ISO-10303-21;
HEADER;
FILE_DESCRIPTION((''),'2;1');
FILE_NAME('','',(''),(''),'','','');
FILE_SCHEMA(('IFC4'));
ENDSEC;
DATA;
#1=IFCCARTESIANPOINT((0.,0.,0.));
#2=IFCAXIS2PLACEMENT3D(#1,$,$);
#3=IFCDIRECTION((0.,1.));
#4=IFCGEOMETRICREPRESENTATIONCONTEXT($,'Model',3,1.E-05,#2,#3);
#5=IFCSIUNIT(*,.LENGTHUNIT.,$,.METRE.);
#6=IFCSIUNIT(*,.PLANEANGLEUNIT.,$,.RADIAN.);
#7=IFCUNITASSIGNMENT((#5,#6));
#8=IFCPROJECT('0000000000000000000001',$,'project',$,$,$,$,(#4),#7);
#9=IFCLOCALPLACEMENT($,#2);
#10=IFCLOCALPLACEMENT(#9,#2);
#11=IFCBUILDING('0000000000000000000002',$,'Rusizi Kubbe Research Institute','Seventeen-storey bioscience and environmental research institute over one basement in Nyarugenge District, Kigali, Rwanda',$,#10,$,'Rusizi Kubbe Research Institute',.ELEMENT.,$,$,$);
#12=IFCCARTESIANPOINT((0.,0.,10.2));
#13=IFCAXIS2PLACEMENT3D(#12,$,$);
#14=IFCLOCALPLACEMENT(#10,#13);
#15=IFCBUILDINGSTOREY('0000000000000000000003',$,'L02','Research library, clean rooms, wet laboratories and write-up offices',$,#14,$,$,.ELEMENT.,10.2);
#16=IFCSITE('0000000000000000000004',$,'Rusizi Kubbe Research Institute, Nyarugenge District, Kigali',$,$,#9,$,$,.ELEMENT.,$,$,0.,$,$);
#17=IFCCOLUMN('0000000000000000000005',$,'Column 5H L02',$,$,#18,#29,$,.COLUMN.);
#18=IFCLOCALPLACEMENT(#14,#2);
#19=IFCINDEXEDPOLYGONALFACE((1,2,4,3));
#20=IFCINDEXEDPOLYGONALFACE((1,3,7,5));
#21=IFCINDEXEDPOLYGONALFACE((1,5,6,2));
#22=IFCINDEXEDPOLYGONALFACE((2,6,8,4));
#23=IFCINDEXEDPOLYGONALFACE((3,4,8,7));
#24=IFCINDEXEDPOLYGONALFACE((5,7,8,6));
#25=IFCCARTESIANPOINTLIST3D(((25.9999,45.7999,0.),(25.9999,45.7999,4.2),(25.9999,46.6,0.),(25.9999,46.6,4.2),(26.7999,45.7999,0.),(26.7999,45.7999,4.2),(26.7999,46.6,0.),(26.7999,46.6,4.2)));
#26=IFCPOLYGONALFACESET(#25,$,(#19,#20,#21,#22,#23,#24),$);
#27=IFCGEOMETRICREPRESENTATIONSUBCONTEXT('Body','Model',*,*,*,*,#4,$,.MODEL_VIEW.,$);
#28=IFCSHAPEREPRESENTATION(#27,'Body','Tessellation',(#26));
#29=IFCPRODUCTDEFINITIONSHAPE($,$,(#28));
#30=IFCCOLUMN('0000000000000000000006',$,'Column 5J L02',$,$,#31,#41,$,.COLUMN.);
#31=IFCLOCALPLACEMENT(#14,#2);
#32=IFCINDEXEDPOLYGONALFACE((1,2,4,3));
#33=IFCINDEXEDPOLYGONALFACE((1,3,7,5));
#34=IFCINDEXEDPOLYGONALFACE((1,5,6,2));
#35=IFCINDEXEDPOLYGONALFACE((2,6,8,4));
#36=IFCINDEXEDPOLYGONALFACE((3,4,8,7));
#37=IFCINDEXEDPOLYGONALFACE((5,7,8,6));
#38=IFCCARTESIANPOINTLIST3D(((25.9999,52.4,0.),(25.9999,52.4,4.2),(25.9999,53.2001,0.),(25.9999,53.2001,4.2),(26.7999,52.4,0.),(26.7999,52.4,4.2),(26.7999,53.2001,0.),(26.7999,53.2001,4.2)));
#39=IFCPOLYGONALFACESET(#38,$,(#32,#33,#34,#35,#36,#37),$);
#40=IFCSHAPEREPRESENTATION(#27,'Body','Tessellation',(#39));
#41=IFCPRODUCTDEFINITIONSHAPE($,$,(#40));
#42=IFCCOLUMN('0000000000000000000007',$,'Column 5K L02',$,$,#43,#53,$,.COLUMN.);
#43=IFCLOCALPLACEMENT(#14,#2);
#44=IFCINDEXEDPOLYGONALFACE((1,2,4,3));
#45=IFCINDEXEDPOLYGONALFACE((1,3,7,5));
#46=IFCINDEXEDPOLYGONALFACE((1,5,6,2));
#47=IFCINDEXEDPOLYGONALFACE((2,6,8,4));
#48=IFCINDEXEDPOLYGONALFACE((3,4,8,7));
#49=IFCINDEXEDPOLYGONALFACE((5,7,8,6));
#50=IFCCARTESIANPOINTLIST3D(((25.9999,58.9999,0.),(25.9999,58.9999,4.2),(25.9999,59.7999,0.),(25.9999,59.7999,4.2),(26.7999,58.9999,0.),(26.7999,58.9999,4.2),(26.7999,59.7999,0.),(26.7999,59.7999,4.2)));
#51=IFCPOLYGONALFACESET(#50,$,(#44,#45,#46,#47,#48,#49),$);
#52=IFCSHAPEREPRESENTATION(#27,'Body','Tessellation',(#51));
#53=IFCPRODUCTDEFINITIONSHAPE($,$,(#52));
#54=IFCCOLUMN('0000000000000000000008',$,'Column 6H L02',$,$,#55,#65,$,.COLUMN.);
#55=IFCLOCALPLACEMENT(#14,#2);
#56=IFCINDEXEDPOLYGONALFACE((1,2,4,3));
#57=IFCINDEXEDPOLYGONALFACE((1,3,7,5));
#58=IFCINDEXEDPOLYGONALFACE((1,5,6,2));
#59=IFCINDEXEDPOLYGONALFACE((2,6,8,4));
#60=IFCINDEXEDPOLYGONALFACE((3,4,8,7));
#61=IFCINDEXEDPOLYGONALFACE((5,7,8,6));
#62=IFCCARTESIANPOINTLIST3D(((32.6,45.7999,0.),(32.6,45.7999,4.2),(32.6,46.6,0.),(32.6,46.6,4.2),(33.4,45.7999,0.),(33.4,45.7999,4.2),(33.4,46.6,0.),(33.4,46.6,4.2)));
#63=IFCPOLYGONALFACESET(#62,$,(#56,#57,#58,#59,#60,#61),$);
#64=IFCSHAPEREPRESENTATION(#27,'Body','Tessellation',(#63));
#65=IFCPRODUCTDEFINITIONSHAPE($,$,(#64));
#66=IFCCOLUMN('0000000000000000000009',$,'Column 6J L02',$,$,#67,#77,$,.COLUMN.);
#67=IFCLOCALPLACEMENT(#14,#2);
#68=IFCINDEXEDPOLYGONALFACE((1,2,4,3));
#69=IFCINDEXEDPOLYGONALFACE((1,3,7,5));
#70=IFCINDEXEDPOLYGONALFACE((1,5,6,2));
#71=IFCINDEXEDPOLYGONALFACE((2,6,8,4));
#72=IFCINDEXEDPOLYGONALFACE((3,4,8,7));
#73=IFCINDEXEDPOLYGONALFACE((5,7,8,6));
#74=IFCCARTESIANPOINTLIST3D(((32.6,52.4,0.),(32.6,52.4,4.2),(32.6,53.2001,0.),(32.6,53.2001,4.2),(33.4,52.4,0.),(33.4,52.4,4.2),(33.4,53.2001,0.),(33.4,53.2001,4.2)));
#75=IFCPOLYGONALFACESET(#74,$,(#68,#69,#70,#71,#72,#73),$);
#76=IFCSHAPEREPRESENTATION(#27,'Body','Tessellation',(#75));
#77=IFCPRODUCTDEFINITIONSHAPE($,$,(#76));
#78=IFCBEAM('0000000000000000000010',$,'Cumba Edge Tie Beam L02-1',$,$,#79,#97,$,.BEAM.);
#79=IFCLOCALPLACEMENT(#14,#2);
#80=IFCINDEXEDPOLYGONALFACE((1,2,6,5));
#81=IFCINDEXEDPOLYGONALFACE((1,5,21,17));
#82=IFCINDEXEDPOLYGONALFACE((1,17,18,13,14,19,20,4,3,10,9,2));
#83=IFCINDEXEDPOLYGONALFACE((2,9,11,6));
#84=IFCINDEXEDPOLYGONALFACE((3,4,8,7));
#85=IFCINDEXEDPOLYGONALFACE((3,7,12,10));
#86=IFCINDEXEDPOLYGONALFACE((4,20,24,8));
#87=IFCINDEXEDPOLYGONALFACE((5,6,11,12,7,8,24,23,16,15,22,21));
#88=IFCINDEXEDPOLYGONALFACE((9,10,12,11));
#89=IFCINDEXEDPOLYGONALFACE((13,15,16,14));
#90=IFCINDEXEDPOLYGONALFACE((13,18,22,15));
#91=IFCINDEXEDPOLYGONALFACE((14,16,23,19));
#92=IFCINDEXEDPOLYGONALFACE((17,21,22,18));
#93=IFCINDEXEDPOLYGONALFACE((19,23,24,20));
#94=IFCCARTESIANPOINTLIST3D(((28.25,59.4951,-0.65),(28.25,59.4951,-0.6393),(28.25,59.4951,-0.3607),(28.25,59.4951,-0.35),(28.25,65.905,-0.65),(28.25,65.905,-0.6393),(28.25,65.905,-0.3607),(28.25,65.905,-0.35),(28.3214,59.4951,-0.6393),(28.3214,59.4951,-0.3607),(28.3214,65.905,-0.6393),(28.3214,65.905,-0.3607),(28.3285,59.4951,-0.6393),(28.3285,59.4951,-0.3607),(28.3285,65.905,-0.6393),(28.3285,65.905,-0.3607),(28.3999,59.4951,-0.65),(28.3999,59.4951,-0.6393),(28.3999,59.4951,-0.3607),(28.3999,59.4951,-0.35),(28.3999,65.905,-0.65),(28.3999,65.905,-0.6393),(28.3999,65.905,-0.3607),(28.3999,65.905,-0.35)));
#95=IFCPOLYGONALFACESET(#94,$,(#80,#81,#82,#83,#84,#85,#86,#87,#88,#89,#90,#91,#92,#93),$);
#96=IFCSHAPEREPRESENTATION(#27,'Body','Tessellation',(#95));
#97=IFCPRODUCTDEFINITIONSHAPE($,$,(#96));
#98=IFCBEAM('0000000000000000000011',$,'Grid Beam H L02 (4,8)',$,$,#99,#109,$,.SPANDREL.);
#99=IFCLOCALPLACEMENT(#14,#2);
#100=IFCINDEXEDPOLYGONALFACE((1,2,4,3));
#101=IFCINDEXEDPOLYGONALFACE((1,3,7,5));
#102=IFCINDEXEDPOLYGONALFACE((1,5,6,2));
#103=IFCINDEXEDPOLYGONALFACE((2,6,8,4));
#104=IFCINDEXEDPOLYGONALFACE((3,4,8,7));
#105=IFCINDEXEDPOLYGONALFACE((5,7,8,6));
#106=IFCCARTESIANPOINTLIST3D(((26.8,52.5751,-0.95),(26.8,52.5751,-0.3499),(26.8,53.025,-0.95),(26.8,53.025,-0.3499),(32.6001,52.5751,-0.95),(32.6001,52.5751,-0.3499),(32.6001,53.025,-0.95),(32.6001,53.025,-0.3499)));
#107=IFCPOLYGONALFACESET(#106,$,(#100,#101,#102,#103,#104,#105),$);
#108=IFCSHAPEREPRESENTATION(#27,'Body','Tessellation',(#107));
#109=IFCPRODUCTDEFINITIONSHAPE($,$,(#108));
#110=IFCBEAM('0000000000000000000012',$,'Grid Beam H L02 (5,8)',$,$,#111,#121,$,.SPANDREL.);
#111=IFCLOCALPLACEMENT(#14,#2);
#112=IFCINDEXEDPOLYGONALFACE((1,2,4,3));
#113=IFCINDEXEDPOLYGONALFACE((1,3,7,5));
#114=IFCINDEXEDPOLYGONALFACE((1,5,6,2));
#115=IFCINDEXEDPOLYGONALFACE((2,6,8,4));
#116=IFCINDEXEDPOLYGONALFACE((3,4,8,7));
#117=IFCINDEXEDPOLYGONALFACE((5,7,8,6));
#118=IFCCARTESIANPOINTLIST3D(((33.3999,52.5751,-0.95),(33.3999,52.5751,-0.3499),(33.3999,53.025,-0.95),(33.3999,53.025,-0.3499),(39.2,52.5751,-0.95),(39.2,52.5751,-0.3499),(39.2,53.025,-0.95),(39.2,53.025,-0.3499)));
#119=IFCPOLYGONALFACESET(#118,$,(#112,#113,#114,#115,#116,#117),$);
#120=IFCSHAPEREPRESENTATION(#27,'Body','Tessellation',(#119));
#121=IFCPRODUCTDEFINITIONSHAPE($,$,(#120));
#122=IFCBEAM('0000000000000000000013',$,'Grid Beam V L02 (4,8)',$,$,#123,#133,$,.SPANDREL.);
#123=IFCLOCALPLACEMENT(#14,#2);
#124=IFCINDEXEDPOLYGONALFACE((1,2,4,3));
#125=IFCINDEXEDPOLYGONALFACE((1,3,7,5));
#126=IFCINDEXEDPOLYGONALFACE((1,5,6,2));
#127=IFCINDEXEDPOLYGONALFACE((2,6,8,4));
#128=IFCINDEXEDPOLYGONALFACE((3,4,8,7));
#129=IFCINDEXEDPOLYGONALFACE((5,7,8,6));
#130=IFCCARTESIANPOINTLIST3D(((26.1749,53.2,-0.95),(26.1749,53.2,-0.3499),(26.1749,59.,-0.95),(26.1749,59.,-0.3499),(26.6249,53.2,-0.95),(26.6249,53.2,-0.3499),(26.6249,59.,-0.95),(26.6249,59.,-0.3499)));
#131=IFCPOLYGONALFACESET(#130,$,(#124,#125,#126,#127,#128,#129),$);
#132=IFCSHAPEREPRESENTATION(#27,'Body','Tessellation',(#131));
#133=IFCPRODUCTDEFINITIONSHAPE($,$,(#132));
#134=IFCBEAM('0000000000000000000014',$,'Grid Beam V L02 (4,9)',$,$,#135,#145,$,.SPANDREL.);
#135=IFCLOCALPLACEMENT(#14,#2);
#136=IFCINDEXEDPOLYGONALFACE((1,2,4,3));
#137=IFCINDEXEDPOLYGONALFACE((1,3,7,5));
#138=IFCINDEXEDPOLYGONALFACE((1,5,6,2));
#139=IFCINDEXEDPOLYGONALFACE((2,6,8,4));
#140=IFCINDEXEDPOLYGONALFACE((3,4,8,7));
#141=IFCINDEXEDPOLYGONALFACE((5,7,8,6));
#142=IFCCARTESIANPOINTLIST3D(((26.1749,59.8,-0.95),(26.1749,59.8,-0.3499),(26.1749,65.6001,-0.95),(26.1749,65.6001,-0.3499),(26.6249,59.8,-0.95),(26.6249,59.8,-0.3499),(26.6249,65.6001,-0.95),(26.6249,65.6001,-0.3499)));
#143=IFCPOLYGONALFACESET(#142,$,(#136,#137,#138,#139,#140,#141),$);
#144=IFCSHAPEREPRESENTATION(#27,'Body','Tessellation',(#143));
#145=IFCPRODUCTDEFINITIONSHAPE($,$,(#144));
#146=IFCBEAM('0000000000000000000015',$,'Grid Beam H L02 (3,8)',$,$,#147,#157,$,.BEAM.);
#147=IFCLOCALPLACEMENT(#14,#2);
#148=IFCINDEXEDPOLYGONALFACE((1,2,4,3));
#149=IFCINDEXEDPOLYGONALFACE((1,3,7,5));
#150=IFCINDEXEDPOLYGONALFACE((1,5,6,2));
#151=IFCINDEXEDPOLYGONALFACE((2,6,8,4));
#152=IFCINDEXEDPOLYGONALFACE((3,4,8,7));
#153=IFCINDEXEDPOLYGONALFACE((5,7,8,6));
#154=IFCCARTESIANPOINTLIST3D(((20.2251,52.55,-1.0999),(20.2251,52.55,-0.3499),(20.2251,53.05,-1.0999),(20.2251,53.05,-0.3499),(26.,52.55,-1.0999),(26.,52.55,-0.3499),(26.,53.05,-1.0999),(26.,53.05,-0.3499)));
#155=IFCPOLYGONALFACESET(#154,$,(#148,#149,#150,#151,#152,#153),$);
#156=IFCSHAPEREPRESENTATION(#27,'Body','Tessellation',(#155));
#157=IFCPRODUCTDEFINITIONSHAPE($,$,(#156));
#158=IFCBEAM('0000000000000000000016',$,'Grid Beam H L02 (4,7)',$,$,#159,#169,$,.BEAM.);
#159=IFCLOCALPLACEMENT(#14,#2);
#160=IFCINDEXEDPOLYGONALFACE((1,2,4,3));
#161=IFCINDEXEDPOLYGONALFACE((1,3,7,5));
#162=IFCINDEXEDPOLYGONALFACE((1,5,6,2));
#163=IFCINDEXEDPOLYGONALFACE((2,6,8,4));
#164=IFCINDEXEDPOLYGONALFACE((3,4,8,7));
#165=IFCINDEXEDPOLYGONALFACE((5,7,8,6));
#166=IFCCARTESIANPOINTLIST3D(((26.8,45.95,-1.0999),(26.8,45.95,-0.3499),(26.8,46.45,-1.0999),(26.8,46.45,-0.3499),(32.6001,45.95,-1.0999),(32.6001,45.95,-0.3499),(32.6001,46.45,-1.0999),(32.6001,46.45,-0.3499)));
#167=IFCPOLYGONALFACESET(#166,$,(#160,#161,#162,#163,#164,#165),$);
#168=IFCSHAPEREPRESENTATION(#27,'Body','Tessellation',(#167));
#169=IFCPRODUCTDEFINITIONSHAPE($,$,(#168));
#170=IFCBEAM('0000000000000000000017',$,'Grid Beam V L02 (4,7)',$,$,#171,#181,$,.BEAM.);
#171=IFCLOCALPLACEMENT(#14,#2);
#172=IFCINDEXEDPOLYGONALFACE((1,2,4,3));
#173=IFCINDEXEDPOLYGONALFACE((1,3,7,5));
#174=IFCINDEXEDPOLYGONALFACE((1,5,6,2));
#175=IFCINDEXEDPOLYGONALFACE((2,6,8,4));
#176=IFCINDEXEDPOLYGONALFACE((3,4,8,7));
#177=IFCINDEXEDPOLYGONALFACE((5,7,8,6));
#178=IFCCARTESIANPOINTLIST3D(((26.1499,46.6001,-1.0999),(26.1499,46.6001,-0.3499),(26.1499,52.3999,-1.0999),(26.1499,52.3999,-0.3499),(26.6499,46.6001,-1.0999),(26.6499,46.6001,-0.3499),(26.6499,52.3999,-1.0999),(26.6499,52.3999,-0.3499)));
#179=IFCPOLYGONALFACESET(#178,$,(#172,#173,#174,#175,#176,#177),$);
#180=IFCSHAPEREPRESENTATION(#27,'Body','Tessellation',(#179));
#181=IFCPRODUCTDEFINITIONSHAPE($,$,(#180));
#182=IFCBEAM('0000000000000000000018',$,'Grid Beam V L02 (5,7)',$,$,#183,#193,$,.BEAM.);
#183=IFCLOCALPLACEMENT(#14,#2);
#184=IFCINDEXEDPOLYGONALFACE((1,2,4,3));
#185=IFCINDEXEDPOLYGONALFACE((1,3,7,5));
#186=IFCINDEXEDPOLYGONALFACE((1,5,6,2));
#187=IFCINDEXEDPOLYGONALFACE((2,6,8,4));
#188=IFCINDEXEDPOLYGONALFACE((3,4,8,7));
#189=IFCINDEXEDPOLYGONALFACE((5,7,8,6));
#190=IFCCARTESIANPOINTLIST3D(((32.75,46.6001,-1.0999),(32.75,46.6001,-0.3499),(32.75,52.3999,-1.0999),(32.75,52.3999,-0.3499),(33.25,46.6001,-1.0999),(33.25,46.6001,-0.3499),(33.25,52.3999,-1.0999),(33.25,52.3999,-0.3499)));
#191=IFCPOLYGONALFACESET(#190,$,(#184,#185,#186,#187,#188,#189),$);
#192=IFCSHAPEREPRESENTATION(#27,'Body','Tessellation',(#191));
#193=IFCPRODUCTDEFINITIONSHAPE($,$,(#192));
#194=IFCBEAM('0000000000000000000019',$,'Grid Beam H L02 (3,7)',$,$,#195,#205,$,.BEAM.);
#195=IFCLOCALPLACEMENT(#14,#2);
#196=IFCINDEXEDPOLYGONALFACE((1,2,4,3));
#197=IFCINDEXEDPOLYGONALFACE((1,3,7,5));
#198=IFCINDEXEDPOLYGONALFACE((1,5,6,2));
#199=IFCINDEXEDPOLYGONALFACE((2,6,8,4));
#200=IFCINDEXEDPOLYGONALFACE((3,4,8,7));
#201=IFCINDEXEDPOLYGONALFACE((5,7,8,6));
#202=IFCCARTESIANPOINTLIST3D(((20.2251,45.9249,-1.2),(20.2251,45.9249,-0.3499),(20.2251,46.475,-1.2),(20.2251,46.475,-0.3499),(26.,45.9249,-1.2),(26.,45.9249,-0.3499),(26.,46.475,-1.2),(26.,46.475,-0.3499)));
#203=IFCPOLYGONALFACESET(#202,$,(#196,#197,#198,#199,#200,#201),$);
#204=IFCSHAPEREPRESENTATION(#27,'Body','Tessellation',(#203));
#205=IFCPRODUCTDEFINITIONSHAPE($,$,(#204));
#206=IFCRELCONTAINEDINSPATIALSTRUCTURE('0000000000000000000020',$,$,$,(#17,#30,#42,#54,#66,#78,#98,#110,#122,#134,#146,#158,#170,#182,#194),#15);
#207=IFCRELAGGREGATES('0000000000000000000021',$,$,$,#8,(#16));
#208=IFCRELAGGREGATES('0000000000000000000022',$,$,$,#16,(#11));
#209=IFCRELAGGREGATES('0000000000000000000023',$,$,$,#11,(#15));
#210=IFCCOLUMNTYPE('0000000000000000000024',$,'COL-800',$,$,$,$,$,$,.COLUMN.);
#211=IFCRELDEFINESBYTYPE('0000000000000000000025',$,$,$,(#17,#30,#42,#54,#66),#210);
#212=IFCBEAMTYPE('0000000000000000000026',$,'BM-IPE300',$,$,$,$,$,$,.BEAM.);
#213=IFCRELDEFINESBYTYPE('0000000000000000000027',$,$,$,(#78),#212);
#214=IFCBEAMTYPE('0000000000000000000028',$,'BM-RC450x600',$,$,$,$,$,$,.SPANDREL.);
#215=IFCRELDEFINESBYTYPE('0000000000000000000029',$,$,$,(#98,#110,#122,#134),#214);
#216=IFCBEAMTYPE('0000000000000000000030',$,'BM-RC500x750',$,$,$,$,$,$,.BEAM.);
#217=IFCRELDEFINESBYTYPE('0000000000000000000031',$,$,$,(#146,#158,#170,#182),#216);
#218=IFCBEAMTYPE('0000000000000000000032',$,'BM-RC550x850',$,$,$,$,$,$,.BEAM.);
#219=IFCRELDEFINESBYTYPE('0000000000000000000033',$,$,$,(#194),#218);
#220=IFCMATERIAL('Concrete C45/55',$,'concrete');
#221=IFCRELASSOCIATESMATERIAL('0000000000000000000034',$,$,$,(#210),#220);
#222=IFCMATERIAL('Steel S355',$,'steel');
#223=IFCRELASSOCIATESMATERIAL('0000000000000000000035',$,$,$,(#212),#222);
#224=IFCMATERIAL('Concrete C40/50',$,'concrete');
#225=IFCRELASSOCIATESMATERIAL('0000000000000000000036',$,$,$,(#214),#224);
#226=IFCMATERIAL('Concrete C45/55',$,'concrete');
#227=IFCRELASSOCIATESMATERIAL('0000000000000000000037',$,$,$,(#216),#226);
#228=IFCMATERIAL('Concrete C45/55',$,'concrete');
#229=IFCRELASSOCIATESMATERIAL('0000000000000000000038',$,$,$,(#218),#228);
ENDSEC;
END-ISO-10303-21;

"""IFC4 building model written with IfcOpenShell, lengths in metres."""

from ifc_helpers import new_model, si_unit, direction, frame, origin, origin_2d, place, context, subcontext, project, spatial, rectangle, i_section, extrude, material, material_profile, profile_set, type_object, element, save


model = new_model("IFC4")

# Units and contexts
model_context = context("Model", 3, precision=1e-05, world=origin(), true_north=direction((0.0, 1.0)))
body_context = subcontext(model_context, "Body", "Model", "MODEL_VIEW")
ifc_project = project(units=[si_unit("LENGTHUNIT", "METRE"), si_unit("PLANEANGLEUNIT", "RADIAN")], contexts=[model_context])

# Site, building, storey
site_placement = place(None, origin())
site = spatial("IfcSite", under=ifc_project, at=site_placement, Name="Rusizi Kubbe Research Institute, Nyarugenge District, Kigali", CompositionType="ELEMENT", RefElevation=0.0)
building_placement = place(site_placement, origin())
building = spatial("IfcBuilding", under=site, at=building_placement, Name="Rusizi Kubbe Research Institute", Description="Seventeen-storey bioscience and environmental research institute over one basement in Nyarugenge District, Kigali, Rwanda", LongName="Rusizi Kubbe Research Institute", CompositionType="ELEMENT")
storey_placement = place(building_placement, frame((0.0, 0.0, 10.2)))
storey = spatial("IfcBuildingStorey", under=building, at=storey_placement, Name="L02", Description="Research library, clean rooms, wet laboratories and write-up offices", CompositionType="ELEMENT", Elevation=10.2)

# Columns
ifc_material_1 = material(Name="Concrete C45/55", Category="concrete")
ifc_material_profile_1 = material_profile(ifc_material_1, rectangle(XDim=0.8, YDim=0.8, at=origin_2d()), Name="RC800x800")
ifc_profile_set_1 = profile_set([ifc_material_profile_1], Name="Concrete C45/55")
column_type = type_object("IfcColumnType", Name="COL-800", PredefinedType="COLUMN", material=ifc_profile_set_1)
for number, where, z_axis, x_axis, name in (
    (1, (26.3999, 46.2, 0.0), (0.0, 0.0, 1.0), (1.0, 0.0, 0.0), "Column 5H L02"),
    (2, (26.3999, 52.8, 0.0), (0.0, 0.0, 1.0), (1.0, 0.0, 0.0), "Column 5J L02"),
    (3, (26.3999, 59.3999, 0.0), (0.0, 0.0, 1.0), (1.0, 0.0, 0.0), "Column 5K L02"),
    (4, (33.0, 46.2, 0.0), (0.0, 0.0, 1.0), (1.0, 0.0, 0.0), "Column 6H L02"),
    (5, (33.0, 52.8, 0.0), (0.0, 0.0, 1.0), (1.0, 0.0, 0.0), "Column 6J L02"),
):
    element("IfcColumn", number, at=place(storey_placement, frame(where, z_axis=z_axis, x_axis=x_axis)), inside=storey, type_object=column_type, Name=name, PredefinedType="COLUMN", context=body_context, shape_type="SweptSolid", body=[
        extrude(rectangle(XDim=0.8, YDim=0.8, at=origin_2d()), origin(), (0.0, 0.0, 1.0), 4.2),
    ])

# Beams
ifc_material_2 = material(Name="Steel S355", Category="steel")
ifc_material_profile_2 = material_profile(ifc_material_2, i_section(OverallWidth=0.1499, OverallDepth=0.3, WebThickness=0.0071, FlangeThickness=0.0107, at=origin_2d()), Name="IPE 300")
ifc_profile_set_2 = profile_set([ifc_material_profile_2], Name="Steel S355")
beam_type_1 = type_object("IfcBeamType", Name="BM-IPE300", PredefinedType="BEAM", material=ifc_profile_set_2)
beam_1_placement = place(storey_placement, frame((28.325, 59.4951, -0.5), z_axis=(0.0, 1.0, 0.0), x_axis=(-1.0, 0.0, 0.0)))
element("IfcBeam", 6, at=beam_1_placement, inside=storey, type_object=beam_type_1, Name="Cumba Edge Tie Beam L02-1", PredefinedType="BEAM", context=body_context, shape_type="SweptSolid", body=[
    extrude(i_section(OverallWidth=0.1499, OverallDepth=0.3, WebThickness=0.0071, FlangeThickness=0.0107, at=origin_2d()), origin(), (0.0, 0.0, 1.0), 6.4099),
])
ifc_material_3 = material(Name="Concrete C40/50", Category="concrete")
ifc_material_profile_3 = material_profile(ifc_material_3, rectangle(XDim=0.45, YDim=0.6001, at=origin_2d()), Name="RC450x600")
ifc_profile_set_3 = profile_set([ifc_material_profile_3], Name="Concrete C40/50")
beam_type_2 = type_object("IfcBeamType", Name="BM-RC450x600", PredefinedType="SPANDREL", material=ifc_profile_set_3)
for number, where, z_axis, x_axis, name in (
    (7, (26.8, 52.8, -0.6499), (1.0, 0.0, 0.0), (0.0, 1.0, 0.0), "Grid Beam H L02 (4,8)"),
    (8, (33.3999, 52.8, -0.6499), (1.0, 0.0, 0.0), (0.0, 1.0, 0.0), "Grid Beam H L02 (5,8)"),
    (9, (26.3999, 53.2, -0.6499), (0.0, 1.0, 0.0), (-1.0, 0.0, 0.0), "Grid Beam V L02 (4,8)"),
    (10, (26.3999, 59.8, -0.6499), (0.0, 1.0, 0.0), (-1.0, 0.0, 0.0), "Grid Beam V L02 (4,9)"),
):
    element("IfcBeam", number, at=place(storey_placement, frame(where, z_axis=z_axis, x_axis=x_axis)), inside=storey, type_object=beam_type_2, Name=name, PredefinedType="SPANDREL", context=body_context, shape_type="SweptSolid", body=[
        extrude(rectangle(XDim=0.45, YDim=0.6001, at=origin_2d()), origin(), (0.0, 0.0, 1.0), 5.8),
    ])
ifc_material_4 = material(Name="Concrete C45/55", Category="concrete")
ifc_material_profile_4 = material_profile(ifc_material_4, rectangle(XDim=0.5, YDim=0.75, at=origin_2d()), Name="RC500x750B")
ifc_profile_set_4 = profile_set([ifc_material_profile_4], Name="Concrete C45/55")
beam_type_3 = type_object("IfcBeamType", Name="BM-RC500x750", PredefinedType="BEAM", material=ifc_profile_set_4)
beam_2_placement = place(storey_placement, frame((20.2251, 52.8, -0.7249), z_axis=(1.0, 0.0, 0.0), x_axis=(0.0, 1.0, 0.0)))
element("IfcBeam", 11, at=beam_2_placement, inside=storey, type_object=beam_type_3, Name="Grid Beam H L02 (3,8)", PredefinedType="BEAM", context=body_context, shape_type="SweptSolid", body=[
    extrude(rectangle(XDim=0.5, YDim=0.75, at=origin_2d()), origin(), (0.0, 0.0, 1.0), 5.7749),
])
beam_3_placement = place(storey_placement, frame((26.8, 46.2, -0.7249), z_axis=(1.0, 0.0, 0.0), x_axis=(0.0, 1.0, 0.0)))
element("IfcBeam", 12, at=beam_3_placement, inside=storey, type_object=beam_type_3, Name="Grid Beam H L02 (4,7)", PredefinedType="BEAM", context=body_context, shape_type="SweptSolid", body=[
    extrude(rectangle(XDim=0.5, YDim=0.75, at=origin_2d()), origin(), (0.0, 0.0, 1.0), 5.8),
])
for number, where, z_axis, x_axis, name in (
    (13, (26.3999, 46.6001, -0.7249), (0.0, 1.0, 0.0), (-1.0, 0.0, 0.0), "Grid Beam V L02 (4,7)"),
    (14, (33.0, 46.6001, -0.7249), (0.0, 1.0, 0.0), (-1.0, 0.0, 0.0), "Grid Beam V L02 (5,7)"),
):
    element("IfcBeam", number, at=place(storey_placement, frame(where, z_axis=z_axis, x_axis=x_axis)), inside=storey, type_object=beam_type_3, Name=name, PredefinedType="BEAM", context=body_context, shape_type="SweptSolid", body=[
        extrude(rectangle(XDim=0.5, YDim=0.75, at=origin_2d()), origin(), (0.0, 0.0, 1.0), 5.7998),
    ])
ifc_material_5 = material(Name="Concrete C45/55", Category="concrete")
ifc_material_profile_5 = material_profile(ifc_material_5, rectangle(XDim=0.55, YDim=0.8501, at=origin_2d()), Name="RC550x850")
ifc_profile_set_5 = profile_set([ifc_material_profile_5], Name="Concrete C45/55")
beam_type_4 = type_object("IfcBeamType", Name="BM-RC550x850", PredefinedType="BEAM", material=ifc_profile_set_5)
beam_4_placement = place(storey_placement, frame((20.2251, 46.2, -0.7749), z_axis=(1.0, 0.0, 0.0), x_axis=(0.0, 1.0, 0.0)))
element("IfcBeam", 15, at=beam_4_placement, inside=storey, type_object=beam_type_4, Name="Grid Beam H L02 (3,7)", PredefinedType="BEAM", context=body_context, shape_type="SweptSolid", body=[
    extrude(rectangle(XDim=0.55, YDim=0.8501, at=origin_2d()), origin(), (0.0, 0.0, 1.0), 5.7749),
])

save(model, "model.ifc")
